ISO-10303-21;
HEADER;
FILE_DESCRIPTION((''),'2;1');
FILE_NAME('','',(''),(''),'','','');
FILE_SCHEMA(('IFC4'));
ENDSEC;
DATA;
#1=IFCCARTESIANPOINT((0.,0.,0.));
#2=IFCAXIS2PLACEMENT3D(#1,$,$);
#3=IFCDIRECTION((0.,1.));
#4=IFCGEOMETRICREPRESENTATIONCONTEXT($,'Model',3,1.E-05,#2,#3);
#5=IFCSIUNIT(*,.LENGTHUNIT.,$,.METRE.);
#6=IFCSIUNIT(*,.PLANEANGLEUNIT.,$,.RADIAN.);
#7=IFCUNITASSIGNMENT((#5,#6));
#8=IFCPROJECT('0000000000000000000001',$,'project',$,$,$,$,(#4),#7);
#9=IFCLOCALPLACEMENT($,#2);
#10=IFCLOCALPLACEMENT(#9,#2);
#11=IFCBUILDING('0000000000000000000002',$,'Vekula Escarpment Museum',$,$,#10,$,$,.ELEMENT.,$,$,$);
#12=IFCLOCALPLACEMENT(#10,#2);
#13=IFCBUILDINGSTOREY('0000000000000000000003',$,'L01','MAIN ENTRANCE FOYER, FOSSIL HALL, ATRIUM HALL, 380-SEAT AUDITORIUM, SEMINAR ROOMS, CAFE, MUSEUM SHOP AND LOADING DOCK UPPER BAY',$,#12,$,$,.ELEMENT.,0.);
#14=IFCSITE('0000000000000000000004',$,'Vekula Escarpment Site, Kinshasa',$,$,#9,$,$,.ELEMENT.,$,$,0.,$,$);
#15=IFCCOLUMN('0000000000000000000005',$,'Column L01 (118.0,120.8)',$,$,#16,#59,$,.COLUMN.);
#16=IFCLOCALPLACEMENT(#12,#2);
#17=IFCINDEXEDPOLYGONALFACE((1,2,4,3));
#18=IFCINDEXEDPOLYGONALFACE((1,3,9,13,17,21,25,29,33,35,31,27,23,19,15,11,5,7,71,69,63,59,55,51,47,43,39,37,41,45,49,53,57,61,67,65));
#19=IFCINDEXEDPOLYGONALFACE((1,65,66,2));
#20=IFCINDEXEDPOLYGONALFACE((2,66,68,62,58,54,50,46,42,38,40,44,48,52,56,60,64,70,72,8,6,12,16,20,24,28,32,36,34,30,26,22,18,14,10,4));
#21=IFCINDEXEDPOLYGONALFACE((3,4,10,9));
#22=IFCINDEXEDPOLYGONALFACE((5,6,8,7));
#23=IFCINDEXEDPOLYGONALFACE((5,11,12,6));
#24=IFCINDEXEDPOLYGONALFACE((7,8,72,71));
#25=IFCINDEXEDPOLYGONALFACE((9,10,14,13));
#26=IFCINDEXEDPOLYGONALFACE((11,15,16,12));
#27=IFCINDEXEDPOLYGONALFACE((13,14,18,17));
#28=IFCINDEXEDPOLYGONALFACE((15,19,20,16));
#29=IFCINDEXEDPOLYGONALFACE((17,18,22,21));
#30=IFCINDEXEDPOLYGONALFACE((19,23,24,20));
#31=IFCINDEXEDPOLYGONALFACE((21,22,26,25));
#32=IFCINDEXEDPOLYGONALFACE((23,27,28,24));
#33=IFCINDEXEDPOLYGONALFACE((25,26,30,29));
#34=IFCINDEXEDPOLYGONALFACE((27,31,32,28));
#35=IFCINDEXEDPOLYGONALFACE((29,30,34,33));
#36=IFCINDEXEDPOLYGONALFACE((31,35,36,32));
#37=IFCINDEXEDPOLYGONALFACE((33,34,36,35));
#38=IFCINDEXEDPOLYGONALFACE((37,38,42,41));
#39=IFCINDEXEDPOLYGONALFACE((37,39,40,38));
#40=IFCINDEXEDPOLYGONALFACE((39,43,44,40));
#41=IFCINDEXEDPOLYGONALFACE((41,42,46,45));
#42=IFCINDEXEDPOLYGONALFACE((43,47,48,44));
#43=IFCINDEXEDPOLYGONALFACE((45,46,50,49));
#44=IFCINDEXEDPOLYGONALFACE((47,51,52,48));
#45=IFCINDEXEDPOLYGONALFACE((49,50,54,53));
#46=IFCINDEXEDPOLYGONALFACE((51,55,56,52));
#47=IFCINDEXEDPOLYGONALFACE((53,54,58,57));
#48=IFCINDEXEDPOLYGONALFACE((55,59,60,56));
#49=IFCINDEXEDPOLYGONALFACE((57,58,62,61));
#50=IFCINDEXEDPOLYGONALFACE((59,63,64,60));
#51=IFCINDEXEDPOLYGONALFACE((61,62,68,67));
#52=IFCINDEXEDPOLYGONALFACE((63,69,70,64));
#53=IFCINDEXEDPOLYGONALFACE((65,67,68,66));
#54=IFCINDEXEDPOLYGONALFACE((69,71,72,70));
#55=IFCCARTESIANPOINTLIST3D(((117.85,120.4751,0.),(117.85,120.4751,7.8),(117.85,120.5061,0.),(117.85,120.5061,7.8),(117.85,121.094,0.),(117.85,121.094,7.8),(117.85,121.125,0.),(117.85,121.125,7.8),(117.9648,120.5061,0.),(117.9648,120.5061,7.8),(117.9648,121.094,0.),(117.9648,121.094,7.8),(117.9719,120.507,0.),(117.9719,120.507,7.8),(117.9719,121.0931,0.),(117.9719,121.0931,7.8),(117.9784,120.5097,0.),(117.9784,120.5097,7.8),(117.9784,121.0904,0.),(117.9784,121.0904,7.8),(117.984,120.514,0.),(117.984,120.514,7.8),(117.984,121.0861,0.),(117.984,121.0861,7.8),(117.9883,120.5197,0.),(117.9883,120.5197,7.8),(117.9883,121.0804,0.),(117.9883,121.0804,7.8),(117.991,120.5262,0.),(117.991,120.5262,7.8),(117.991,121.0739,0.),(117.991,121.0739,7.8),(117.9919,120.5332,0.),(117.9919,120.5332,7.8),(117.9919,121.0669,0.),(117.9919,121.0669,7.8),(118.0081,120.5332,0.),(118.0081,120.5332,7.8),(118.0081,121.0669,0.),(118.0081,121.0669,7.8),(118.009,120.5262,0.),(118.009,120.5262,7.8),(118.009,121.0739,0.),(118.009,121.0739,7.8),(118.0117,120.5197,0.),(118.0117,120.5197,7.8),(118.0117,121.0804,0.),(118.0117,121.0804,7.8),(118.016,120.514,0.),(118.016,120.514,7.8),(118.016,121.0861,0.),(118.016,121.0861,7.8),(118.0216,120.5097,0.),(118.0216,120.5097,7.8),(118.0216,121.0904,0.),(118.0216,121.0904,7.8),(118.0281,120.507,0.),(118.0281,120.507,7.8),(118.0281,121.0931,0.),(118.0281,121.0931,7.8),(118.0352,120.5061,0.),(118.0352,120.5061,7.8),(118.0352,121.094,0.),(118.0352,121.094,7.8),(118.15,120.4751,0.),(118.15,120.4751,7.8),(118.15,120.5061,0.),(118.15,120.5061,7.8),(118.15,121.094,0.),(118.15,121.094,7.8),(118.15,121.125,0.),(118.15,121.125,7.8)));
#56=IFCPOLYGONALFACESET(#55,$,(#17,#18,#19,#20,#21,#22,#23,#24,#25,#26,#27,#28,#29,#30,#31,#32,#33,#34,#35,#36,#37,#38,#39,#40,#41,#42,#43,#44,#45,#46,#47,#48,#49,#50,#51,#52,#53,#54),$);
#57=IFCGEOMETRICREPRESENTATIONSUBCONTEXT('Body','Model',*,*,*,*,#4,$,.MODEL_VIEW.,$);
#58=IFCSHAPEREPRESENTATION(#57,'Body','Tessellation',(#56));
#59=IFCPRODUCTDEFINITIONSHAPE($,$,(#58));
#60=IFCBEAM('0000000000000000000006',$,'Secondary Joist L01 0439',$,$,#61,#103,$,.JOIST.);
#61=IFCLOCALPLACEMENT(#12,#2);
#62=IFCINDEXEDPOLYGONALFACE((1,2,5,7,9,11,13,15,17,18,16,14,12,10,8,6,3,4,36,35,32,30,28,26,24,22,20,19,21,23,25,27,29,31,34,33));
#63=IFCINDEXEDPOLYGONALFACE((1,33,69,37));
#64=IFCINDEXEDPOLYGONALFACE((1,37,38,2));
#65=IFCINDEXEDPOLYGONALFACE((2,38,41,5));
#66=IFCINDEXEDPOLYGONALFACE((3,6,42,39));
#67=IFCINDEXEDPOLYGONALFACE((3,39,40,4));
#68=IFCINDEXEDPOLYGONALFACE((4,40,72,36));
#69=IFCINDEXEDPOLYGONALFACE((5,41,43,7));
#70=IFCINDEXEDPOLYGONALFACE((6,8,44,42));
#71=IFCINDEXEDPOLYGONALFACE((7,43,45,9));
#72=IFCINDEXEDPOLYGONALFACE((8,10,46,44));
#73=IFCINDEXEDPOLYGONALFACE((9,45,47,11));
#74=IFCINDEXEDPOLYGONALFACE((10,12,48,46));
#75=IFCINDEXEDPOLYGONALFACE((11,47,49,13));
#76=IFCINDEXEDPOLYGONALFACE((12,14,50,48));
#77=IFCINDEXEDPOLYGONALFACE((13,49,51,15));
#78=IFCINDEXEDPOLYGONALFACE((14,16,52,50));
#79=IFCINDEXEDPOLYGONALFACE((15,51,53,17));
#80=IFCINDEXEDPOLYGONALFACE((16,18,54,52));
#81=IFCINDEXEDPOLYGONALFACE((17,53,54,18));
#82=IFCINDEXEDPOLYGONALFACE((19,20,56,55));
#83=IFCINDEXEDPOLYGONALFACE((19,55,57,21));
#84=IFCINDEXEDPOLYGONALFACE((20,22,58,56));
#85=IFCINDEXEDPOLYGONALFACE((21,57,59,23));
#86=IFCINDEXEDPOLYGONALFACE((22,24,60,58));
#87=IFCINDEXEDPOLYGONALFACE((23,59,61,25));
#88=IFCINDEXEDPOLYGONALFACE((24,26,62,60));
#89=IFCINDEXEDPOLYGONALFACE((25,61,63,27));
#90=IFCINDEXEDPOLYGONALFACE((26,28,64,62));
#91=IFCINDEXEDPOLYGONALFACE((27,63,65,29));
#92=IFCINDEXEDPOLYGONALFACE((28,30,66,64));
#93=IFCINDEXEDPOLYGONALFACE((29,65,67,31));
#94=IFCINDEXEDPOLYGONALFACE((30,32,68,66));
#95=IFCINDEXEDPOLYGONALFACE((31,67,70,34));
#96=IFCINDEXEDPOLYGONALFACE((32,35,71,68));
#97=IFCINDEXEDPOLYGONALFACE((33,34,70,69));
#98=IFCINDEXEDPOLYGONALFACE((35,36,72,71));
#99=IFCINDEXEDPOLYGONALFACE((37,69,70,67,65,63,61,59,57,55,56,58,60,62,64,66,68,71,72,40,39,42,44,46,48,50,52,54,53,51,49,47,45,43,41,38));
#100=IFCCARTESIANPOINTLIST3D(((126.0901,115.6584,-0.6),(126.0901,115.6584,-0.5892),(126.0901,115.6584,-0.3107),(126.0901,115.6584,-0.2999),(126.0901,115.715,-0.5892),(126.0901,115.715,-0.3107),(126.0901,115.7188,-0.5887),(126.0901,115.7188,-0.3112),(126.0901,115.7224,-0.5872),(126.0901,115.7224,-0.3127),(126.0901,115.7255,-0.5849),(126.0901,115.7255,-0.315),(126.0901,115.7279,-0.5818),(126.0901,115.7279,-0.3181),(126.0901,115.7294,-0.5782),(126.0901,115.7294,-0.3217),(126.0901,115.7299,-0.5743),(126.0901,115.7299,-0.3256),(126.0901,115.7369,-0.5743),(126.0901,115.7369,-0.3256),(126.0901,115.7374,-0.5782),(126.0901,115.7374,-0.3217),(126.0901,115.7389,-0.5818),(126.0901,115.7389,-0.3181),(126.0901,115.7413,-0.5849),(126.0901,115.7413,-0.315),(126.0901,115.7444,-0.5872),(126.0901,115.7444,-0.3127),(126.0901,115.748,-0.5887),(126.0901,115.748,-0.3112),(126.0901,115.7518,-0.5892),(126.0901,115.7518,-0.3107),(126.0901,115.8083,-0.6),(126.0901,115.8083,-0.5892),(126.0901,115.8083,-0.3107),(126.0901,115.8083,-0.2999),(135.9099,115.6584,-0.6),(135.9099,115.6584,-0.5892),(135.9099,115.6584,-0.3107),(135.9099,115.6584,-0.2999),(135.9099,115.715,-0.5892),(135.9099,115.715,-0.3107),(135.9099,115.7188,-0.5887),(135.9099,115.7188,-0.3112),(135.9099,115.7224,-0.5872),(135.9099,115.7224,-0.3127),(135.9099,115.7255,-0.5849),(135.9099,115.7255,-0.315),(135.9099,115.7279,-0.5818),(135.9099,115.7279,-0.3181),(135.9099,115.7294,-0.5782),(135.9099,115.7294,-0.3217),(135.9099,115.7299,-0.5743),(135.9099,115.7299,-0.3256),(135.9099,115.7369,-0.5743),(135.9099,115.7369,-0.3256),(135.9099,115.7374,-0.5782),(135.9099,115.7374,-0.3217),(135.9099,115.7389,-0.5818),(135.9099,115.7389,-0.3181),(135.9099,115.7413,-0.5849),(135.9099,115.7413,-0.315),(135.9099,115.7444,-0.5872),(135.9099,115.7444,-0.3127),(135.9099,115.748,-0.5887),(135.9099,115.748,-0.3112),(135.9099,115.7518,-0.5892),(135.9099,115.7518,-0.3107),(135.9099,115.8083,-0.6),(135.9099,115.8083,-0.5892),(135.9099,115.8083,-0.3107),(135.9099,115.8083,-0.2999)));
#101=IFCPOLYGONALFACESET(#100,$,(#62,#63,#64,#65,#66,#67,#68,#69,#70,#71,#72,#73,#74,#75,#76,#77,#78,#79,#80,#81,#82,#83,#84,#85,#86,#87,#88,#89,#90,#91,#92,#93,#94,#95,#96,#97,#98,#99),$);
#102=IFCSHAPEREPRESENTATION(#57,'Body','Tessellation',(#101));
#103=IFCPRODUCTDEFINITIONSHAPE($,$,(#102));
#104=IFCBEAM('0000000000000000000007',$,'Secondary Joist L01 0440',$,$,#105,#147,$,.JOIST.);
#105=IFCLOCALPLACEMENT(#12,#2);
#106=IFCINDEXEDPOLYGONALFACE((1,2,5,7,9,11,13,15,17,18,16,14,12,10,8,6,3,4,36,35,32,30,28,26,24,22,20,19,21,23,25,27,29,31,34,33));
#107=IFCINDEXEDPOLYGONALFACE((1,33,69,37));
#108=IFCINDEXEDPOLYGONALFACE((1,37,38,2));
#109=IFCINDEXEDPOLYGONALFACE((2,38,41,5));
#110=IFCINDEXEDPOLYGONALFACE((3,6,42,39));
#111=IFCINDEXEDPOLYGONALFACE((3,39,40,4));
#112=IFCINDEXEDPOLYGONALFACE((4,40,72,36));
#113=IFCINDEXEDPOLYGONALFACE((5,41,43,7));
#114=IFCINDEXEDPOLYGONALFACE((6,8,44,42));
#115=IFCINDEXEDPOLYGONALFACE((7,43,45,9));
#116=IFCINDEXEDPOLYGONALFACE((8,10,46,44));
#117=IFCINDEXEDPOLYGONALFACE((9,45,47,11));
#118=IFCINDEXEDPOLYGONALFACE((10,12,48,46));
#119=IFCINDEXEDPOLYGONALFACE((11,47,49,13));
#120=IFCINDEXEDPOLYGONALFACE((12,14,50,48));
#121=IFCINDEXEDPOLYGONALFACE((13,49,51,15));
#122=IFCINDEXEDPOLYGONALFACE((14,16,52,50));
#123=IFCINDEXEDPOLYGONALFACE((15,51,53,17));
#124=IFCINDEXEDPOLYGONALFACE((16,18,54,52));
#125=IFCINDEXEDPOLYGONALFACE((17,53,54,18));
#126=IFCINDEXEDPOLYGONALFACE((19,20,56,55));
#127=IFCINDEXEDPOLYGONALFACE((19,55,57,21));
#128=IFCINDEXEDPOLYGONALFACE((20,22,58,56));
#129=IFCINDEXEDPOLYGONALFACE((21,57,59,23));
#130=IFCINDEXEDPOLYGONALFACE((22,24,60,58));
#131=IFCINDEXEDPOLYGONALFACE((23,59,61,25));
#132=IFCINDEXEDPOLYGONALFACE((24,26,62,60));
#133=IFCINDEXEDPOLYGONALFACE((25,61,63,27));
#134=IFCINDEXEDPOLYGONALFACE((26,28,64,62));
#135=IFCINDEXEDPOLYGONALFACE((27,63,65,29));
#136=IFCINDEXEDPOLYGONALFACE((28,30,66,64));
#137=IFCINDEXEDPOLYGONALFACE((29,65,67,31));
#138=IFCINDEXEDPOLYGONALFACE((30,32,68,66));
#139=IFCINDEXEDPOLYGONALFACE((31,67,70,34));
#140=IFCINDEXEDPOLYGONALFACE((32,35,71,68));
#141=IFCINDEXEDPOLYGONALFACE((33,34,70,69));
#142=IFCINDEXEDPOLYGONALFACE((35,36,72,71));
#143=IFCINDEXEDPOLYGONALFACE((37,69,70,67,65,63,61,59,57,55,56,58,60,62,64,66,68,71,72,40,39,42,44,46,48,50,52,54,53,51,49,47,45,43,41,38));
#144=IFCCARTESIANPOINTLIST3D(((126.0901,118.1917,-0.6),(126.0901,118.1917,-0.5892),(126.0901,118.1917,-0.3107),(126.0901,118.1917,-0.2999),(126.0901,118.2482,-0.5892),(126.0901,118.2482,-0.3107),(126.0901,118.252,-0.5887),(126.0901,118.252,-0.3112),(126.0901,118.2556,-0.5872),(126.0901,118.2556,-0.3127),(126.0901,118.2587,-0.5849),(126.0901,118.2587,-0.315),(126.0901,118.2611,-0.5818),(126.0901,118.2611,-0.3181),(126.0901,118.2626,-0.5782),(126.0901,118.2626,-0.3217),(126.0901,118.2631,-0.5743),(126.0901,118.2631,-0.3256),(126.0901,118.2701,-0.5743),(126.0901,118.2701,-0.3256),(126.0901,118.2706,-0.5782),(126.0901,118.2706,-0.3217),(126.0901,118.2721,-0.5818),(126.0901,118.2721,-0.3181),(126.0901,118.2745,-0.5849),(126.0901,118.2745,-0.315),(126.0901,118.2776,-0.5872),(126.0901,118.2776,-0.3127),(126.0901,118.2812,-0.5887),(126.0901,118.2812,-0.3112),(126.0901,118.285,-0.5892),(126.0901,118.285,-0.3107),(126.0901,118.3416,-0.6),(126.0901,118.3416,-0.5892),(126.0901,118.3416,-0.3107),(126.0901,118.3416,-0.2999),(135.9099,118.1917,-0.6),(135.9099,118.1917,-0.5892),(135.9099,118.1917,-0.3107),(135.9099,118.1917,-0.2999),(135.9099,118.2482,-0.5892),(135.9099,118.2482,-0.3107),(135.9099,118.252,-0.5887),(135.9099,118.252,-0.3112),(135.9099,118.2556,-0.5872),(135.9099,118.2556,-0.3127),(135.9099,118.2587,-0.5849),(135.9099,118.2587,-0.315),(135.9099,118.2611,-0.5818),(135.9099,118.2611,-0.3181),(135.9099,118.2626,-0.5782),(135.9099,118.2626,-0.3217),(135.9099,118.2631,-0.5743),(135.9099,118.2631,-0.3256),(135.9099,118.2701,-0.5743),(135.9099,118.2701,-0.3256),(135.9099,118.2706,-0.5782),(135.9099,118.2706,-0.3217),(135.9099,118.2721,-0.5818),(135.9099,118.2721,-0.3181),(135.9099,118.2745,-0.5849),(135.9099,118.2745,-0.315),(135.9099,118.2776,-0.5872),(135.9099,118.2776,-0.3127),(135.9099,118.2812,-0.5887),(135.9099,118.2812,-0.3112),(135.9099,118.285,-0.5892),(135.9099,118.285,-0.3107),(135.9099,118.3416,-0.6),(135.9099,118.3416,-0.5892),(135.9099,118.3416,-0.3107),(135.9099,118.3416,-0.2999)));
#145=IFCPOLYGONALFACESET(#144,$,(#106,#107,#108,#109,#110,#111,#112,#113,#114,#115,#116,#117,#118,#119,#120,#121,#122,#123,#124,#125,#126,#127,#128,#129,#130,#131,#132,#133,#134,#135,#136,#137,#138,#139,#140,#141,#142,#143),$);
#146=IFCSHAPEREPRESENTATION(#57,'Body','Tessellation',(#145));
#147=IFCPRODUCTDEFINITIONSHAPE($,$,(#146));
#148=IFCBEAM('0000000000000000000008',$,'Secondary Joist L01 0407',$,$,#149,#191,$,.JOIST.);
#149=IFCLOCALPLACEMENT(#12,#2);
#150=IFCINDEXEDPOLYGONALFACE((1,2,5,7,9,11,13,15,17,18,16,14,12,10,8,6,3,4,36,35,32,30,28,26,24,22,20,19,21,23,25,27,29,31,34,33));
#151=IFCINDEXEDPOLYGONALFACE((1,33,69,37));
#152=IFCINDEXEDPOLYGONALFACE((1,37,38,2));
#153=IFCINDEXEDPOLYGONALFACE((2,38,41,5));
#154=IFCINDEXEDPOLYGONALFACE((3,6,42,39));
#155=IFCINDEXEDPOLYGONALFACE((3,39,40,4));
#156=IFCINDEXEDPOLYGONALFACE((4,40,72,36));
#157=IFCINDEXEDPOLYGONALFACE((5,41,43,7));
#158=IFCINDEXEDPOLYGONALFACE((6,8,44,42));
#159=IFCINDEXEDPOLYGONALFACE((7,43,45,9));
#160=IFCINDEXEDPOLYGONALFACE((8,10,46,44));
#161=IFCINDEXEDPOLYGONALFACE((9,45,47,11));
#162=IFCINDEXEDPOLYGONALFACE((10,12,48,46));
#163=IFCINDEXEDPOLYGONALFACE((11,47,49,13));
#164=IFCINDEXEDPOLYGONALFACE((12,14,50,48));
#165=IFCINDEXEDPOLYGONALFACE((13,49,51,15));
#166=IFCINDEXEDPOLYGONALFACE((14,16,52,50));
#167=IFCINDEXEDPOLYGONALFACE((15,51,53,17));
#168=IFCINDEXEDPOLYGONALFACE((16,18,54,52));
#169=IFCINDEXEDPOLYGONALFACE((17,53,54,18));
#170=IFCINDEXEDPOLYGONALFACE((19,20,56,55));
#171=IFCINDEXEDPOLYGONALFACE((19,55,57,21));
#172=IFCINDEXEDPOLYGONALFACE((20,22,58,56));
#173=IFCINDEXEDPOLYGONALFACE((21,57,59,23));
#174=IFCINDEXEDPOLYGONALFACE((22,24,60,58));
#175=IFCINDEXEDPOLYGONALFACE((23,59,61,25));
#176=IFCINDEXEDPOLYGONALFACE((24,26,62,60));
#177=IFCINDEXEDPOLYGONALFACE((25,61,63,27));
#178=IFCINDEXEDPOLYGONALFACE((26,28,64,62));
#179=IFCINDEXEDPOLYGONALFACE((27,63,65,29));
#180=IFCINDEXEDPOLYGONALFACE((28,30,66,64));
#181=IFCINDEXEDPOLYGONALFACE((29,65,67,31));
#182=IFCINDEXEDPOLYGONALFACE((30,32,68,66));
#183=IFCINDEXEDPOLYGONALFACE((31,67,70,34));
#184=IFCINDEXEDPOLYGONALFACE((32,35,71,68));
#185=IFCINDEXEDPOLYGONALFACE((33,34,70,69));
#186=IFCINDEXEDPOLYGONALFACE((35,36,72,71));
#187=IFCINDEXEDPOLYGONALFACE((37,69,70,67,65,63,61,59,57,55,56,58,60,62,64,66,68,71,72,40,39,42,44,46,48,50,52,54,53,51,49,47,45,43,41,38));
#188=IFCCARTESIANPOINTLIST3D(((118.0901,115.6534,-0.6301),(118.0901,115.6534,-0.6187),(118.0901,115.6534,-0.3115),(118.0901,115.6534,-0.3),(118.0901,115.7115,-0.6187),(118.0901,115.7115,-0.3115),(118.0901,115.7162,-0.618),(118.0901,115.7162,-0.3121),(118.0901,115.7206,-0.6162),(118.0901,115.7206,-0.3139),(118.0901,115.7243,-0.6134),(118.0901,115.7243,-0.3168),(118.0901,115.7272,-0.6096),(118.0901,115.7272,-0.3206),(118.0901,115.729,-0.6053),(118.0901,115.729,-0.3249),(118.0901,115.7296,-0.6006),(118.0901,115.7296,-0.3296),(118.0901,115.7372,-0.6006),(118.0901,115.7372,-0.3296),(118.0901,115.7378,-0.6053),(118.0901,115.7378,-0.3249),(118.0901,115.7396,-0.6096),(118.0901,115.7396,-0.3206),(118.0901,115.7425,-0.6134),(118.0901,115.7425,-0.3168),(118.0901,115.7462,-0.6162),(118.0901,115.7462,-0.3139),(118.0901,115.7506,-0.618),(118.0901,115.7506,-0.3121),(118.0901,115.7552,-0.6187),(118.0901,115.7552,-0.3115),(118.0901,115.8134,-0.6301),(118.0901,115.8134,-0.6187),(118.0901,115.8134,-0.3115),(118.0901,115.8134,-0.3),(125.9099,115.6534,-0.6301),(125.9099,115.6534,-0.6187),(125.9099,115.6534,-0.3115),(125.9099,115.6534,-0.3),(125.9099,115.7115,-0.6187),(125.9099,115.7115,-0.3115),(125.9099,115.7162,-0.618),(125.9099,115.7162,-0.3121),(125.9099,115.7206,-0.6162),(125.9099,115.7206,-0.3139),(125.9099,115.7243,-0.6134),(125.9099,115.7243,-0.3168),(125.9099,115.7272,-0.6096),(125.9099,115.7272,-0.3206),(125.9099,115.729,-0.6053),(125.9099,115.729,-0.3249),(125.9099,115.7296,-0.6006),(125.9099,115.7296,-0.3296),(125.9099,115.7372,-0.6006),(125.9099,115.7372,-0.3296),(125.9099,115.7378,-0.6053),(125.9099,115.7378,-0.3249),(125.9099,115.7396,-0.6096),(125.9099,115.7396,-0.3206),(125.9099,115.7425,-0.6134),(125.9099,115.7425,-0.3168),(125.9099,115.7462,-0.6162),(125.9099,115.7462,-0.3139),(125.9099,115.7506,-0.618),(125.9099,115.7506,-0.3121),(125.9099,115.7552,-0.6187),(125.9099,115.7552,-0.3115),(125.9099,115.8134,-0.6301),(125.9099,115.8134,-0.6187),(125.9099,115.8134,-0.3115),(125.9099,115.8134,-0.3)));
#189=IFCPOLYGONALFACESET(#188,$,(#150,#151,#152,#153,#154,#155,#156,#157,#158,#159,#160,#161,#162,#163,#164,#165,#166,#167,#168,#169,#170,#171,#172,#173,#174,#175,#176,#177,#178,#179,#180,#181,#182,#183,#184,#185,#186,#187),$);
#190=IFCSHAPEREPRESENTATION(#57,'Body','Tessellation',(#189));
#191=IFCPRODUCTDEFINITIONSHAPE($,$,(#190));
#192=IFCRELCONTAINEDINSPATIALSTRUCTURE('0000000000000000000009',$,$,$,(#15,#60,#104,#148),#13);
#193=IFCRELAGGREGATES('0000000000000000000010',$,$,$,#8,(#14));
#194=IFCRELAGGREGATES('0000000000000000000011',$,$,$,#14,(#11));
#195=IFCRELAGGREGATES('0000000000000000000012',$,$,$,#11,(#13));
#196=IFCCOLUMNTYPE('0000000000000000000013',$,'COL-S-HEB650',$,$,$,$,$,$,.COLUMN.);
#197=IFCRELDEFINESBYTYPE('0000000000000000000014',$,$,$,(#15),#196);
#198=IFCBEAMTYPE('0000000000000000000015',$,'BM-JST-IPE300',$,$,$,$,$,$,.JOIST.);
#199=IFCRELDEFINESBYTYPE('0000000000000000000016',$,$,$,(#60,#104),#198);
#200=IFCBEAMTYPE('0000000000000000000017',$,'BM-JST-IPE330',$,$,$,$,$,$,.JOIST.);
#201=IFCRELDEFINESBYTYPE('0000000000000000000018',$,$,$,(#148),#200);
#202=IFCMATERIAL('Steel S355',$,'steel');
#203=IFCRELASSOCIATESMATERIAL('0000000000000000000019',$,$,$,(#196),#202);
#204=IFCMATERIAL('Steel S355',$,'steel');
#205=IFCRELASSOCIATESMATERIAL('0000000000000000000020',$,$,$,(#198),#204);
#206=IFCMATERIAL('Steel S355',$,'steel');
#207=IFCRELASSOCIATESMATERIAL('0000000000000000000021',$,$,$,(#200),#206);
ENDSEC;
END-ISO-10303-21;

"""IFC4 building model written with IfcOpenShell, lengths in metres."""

from ifc_helpers import new_model, si_unit, direction, frame, origin, origin_2d, place, context, subcontext, project, spatial, i_section, extrude, material, material_profile, profile_set, type_object, element, save


model = new_model("IFC4")

# Units and contexts
model_context = context("Model", 3, precision=1e-05, world=origin(), true_north=direction((0.0, 1.0)))
body_context = subcontext(model_context, "Body", "Model", "MODEL_VIEW")
ifc_project = project(units=[si_unit("LENGTHUNIT", "METRE"), si_unit("PLANEANGLEUNIT", "RADIAN")], contexts=[model_context])

# Site, building, storey
site_placement = place(None, origin())
site = spatial("IfcSite", under=ifc_project, at=site_placement, Name="Vekula Escarpment Site, Kinshasa", CompositionType="ELEMENT", RefElevation=0.0)
building_placement = place(site_placement, origin())
building = spatial("IfcBuilding", under=site, at=building_placement, Name="Vekula Escarpment Museum", CompositionType="ELEMENT")
storey_placement = place(building_placement, origin())
storey = spatial("IfcBuildingStorey", under=building, at=storey_placement, Name="L01", Description="MAIN ENTRANCE FOYER, FOSSIL HALL, ATRIUM HALL, 380-SEAT AUDITORIUM, SEMINAR ROOMS, CAFE, MUSEUM SHOP AND LOADING DOCK UPPER BAY", CompositionType="ELEMENT", Elevation=0.0)

# Column
ifc_material_1 = material(Name="Steel S355", Category="steel")
ifc_material_profile_1 = material_profile(ifc_material_1, i_section(OverallWidth=0.3, OverallDepth=0.6499, WebThickness=0.0161, FlangeThickness=0.031, FilletRadius=0.0271, at=origin_2d()), Name="HEB 650")
ifc_profile_set_1 = profile_set([ifc_material_profile_1], Name="Steel S355")
column_type = type_object("IfcColumnType", Name="COL-S-HEB650", PredefinedType="COLUMN", material=ifc_profile_set_1)
column_placement = place(storey_placement, frame((118.0, 120.8, 0.0), z_axis=(0.0, 0.0, 1.0), x_axis=(1.0, 0.0, 0.0)))
element("IfcColumn", 1, at=column_placement, inside=storey, type_object=column_type, Name="Column L01 (118.0,120.8)", PredefinedType="COLUMN", context=body_context, shape_type="SweptSolid", body=[
    extrude(i_section(OverallWidth=0.3, OverallDepth=0.6499, WebThickness=0.0161, FlangeThickness=0.031, FilletRadius=0.0271, at=origin_2d()), origin(), (0.0, 0.0, 1.0), 7.8),
])

# Beams
ifc_material_2 = material(Name="Steel S355", Category="steel")
ifc_material_profile_2 = material_profile(ifc_material_2, i_section(OverallWidth=0.1499, OverallDepth=0.3, WebThickness=0.0071, FlangeThickness=0.0107, FilletRadius=0.0149, at=origin_2d()), Name="IPE 300")
ifc_profile_set_2 = profile_set([ifc_material_profile_2], Name="Steel S355")
beam_type_1 = type_object("IfcBeamType", Name="BM-JST-IPE300", PredefinedType="JOIST", material=ifc_profile_set_2)
for number, where, z_axis, x_axis, name in (
    (2, (126.0901, 115.7334, -0.45), (1.0, 0.0, 0.0), (0.0, 1.0, 0.0), "Secondary Joist L01 0439"),
    (3, (126.0901, 118.2666, -0.45), (1.0, 0.0, 0.0), (0.0, 1.0, 0.0), "Secondary Joist L01 0440"),
):
    element("IfcBeam", number, at=place(storey_placement, frame(where, z_axis=z_axis, x_axis=x_axis)), inside=storey, type_object=beam_type_1, Name=name, PredefinedType="JOIST", context=body_context, shape_type="SweptSolid", body=[
        extrude(i_section(OverallWidth=0.1499, OverallDepth=0.3, WebThickness=0.0071, FlangeThickness=0.0107, FilletRadius=0.0149, at=origin_2d()), origin(), (0.0, 0.0, 1.0), 9.8198),
    ])
ifc_material_3 = material(Name="Steel S355", Category="steel")
ifc_material_profile_3 = material_profile(ifc_material_3, i_section(OverallWidth=0.1599, OverallDepth=0.3301, WebThickness=0.0076, FlangeThickness=0.0115, FilletRadius=0.0181, at=origin_2d()), Name="IPE 330")
ifc_profile_set_3 = profile_set([ifc_material_profile_3], Name="Steel S355")
beam_type_2 = type_object("IfcBeamType", Name="BM-JST-IPE330", PredefinedType="JOIST", material=ifc_profile_set_3)
for number, where, z_axis, x_axis, name in (
    (4, (118.0901, 115.7334, -0.4651), (1.0, 0.0, 0.0), (0.0, 1.0, 0.0), "Secondary Joist L01 0407"),
):
    element("IfcBeam", number, at=place(storey_placement, frame(where, z_axis=z_axis, x_axis=x_axis)), inside=storey, type_object=beam_type_2, Name=name, PredefinedType="JOIST", context=body_context, shape_type="SweptSolid", body=[
        extrude(i_section(OverallWidth=0.1599, OverallDepth=0.3301, WebThickness=0.0076, FlangeThickness=0.0115, FilletRadius=0.0181, at=origin_2d()), origin(), (0.0, 0.0, 1.0), 7.8198),
    ])

save(model, "model.ifc")
